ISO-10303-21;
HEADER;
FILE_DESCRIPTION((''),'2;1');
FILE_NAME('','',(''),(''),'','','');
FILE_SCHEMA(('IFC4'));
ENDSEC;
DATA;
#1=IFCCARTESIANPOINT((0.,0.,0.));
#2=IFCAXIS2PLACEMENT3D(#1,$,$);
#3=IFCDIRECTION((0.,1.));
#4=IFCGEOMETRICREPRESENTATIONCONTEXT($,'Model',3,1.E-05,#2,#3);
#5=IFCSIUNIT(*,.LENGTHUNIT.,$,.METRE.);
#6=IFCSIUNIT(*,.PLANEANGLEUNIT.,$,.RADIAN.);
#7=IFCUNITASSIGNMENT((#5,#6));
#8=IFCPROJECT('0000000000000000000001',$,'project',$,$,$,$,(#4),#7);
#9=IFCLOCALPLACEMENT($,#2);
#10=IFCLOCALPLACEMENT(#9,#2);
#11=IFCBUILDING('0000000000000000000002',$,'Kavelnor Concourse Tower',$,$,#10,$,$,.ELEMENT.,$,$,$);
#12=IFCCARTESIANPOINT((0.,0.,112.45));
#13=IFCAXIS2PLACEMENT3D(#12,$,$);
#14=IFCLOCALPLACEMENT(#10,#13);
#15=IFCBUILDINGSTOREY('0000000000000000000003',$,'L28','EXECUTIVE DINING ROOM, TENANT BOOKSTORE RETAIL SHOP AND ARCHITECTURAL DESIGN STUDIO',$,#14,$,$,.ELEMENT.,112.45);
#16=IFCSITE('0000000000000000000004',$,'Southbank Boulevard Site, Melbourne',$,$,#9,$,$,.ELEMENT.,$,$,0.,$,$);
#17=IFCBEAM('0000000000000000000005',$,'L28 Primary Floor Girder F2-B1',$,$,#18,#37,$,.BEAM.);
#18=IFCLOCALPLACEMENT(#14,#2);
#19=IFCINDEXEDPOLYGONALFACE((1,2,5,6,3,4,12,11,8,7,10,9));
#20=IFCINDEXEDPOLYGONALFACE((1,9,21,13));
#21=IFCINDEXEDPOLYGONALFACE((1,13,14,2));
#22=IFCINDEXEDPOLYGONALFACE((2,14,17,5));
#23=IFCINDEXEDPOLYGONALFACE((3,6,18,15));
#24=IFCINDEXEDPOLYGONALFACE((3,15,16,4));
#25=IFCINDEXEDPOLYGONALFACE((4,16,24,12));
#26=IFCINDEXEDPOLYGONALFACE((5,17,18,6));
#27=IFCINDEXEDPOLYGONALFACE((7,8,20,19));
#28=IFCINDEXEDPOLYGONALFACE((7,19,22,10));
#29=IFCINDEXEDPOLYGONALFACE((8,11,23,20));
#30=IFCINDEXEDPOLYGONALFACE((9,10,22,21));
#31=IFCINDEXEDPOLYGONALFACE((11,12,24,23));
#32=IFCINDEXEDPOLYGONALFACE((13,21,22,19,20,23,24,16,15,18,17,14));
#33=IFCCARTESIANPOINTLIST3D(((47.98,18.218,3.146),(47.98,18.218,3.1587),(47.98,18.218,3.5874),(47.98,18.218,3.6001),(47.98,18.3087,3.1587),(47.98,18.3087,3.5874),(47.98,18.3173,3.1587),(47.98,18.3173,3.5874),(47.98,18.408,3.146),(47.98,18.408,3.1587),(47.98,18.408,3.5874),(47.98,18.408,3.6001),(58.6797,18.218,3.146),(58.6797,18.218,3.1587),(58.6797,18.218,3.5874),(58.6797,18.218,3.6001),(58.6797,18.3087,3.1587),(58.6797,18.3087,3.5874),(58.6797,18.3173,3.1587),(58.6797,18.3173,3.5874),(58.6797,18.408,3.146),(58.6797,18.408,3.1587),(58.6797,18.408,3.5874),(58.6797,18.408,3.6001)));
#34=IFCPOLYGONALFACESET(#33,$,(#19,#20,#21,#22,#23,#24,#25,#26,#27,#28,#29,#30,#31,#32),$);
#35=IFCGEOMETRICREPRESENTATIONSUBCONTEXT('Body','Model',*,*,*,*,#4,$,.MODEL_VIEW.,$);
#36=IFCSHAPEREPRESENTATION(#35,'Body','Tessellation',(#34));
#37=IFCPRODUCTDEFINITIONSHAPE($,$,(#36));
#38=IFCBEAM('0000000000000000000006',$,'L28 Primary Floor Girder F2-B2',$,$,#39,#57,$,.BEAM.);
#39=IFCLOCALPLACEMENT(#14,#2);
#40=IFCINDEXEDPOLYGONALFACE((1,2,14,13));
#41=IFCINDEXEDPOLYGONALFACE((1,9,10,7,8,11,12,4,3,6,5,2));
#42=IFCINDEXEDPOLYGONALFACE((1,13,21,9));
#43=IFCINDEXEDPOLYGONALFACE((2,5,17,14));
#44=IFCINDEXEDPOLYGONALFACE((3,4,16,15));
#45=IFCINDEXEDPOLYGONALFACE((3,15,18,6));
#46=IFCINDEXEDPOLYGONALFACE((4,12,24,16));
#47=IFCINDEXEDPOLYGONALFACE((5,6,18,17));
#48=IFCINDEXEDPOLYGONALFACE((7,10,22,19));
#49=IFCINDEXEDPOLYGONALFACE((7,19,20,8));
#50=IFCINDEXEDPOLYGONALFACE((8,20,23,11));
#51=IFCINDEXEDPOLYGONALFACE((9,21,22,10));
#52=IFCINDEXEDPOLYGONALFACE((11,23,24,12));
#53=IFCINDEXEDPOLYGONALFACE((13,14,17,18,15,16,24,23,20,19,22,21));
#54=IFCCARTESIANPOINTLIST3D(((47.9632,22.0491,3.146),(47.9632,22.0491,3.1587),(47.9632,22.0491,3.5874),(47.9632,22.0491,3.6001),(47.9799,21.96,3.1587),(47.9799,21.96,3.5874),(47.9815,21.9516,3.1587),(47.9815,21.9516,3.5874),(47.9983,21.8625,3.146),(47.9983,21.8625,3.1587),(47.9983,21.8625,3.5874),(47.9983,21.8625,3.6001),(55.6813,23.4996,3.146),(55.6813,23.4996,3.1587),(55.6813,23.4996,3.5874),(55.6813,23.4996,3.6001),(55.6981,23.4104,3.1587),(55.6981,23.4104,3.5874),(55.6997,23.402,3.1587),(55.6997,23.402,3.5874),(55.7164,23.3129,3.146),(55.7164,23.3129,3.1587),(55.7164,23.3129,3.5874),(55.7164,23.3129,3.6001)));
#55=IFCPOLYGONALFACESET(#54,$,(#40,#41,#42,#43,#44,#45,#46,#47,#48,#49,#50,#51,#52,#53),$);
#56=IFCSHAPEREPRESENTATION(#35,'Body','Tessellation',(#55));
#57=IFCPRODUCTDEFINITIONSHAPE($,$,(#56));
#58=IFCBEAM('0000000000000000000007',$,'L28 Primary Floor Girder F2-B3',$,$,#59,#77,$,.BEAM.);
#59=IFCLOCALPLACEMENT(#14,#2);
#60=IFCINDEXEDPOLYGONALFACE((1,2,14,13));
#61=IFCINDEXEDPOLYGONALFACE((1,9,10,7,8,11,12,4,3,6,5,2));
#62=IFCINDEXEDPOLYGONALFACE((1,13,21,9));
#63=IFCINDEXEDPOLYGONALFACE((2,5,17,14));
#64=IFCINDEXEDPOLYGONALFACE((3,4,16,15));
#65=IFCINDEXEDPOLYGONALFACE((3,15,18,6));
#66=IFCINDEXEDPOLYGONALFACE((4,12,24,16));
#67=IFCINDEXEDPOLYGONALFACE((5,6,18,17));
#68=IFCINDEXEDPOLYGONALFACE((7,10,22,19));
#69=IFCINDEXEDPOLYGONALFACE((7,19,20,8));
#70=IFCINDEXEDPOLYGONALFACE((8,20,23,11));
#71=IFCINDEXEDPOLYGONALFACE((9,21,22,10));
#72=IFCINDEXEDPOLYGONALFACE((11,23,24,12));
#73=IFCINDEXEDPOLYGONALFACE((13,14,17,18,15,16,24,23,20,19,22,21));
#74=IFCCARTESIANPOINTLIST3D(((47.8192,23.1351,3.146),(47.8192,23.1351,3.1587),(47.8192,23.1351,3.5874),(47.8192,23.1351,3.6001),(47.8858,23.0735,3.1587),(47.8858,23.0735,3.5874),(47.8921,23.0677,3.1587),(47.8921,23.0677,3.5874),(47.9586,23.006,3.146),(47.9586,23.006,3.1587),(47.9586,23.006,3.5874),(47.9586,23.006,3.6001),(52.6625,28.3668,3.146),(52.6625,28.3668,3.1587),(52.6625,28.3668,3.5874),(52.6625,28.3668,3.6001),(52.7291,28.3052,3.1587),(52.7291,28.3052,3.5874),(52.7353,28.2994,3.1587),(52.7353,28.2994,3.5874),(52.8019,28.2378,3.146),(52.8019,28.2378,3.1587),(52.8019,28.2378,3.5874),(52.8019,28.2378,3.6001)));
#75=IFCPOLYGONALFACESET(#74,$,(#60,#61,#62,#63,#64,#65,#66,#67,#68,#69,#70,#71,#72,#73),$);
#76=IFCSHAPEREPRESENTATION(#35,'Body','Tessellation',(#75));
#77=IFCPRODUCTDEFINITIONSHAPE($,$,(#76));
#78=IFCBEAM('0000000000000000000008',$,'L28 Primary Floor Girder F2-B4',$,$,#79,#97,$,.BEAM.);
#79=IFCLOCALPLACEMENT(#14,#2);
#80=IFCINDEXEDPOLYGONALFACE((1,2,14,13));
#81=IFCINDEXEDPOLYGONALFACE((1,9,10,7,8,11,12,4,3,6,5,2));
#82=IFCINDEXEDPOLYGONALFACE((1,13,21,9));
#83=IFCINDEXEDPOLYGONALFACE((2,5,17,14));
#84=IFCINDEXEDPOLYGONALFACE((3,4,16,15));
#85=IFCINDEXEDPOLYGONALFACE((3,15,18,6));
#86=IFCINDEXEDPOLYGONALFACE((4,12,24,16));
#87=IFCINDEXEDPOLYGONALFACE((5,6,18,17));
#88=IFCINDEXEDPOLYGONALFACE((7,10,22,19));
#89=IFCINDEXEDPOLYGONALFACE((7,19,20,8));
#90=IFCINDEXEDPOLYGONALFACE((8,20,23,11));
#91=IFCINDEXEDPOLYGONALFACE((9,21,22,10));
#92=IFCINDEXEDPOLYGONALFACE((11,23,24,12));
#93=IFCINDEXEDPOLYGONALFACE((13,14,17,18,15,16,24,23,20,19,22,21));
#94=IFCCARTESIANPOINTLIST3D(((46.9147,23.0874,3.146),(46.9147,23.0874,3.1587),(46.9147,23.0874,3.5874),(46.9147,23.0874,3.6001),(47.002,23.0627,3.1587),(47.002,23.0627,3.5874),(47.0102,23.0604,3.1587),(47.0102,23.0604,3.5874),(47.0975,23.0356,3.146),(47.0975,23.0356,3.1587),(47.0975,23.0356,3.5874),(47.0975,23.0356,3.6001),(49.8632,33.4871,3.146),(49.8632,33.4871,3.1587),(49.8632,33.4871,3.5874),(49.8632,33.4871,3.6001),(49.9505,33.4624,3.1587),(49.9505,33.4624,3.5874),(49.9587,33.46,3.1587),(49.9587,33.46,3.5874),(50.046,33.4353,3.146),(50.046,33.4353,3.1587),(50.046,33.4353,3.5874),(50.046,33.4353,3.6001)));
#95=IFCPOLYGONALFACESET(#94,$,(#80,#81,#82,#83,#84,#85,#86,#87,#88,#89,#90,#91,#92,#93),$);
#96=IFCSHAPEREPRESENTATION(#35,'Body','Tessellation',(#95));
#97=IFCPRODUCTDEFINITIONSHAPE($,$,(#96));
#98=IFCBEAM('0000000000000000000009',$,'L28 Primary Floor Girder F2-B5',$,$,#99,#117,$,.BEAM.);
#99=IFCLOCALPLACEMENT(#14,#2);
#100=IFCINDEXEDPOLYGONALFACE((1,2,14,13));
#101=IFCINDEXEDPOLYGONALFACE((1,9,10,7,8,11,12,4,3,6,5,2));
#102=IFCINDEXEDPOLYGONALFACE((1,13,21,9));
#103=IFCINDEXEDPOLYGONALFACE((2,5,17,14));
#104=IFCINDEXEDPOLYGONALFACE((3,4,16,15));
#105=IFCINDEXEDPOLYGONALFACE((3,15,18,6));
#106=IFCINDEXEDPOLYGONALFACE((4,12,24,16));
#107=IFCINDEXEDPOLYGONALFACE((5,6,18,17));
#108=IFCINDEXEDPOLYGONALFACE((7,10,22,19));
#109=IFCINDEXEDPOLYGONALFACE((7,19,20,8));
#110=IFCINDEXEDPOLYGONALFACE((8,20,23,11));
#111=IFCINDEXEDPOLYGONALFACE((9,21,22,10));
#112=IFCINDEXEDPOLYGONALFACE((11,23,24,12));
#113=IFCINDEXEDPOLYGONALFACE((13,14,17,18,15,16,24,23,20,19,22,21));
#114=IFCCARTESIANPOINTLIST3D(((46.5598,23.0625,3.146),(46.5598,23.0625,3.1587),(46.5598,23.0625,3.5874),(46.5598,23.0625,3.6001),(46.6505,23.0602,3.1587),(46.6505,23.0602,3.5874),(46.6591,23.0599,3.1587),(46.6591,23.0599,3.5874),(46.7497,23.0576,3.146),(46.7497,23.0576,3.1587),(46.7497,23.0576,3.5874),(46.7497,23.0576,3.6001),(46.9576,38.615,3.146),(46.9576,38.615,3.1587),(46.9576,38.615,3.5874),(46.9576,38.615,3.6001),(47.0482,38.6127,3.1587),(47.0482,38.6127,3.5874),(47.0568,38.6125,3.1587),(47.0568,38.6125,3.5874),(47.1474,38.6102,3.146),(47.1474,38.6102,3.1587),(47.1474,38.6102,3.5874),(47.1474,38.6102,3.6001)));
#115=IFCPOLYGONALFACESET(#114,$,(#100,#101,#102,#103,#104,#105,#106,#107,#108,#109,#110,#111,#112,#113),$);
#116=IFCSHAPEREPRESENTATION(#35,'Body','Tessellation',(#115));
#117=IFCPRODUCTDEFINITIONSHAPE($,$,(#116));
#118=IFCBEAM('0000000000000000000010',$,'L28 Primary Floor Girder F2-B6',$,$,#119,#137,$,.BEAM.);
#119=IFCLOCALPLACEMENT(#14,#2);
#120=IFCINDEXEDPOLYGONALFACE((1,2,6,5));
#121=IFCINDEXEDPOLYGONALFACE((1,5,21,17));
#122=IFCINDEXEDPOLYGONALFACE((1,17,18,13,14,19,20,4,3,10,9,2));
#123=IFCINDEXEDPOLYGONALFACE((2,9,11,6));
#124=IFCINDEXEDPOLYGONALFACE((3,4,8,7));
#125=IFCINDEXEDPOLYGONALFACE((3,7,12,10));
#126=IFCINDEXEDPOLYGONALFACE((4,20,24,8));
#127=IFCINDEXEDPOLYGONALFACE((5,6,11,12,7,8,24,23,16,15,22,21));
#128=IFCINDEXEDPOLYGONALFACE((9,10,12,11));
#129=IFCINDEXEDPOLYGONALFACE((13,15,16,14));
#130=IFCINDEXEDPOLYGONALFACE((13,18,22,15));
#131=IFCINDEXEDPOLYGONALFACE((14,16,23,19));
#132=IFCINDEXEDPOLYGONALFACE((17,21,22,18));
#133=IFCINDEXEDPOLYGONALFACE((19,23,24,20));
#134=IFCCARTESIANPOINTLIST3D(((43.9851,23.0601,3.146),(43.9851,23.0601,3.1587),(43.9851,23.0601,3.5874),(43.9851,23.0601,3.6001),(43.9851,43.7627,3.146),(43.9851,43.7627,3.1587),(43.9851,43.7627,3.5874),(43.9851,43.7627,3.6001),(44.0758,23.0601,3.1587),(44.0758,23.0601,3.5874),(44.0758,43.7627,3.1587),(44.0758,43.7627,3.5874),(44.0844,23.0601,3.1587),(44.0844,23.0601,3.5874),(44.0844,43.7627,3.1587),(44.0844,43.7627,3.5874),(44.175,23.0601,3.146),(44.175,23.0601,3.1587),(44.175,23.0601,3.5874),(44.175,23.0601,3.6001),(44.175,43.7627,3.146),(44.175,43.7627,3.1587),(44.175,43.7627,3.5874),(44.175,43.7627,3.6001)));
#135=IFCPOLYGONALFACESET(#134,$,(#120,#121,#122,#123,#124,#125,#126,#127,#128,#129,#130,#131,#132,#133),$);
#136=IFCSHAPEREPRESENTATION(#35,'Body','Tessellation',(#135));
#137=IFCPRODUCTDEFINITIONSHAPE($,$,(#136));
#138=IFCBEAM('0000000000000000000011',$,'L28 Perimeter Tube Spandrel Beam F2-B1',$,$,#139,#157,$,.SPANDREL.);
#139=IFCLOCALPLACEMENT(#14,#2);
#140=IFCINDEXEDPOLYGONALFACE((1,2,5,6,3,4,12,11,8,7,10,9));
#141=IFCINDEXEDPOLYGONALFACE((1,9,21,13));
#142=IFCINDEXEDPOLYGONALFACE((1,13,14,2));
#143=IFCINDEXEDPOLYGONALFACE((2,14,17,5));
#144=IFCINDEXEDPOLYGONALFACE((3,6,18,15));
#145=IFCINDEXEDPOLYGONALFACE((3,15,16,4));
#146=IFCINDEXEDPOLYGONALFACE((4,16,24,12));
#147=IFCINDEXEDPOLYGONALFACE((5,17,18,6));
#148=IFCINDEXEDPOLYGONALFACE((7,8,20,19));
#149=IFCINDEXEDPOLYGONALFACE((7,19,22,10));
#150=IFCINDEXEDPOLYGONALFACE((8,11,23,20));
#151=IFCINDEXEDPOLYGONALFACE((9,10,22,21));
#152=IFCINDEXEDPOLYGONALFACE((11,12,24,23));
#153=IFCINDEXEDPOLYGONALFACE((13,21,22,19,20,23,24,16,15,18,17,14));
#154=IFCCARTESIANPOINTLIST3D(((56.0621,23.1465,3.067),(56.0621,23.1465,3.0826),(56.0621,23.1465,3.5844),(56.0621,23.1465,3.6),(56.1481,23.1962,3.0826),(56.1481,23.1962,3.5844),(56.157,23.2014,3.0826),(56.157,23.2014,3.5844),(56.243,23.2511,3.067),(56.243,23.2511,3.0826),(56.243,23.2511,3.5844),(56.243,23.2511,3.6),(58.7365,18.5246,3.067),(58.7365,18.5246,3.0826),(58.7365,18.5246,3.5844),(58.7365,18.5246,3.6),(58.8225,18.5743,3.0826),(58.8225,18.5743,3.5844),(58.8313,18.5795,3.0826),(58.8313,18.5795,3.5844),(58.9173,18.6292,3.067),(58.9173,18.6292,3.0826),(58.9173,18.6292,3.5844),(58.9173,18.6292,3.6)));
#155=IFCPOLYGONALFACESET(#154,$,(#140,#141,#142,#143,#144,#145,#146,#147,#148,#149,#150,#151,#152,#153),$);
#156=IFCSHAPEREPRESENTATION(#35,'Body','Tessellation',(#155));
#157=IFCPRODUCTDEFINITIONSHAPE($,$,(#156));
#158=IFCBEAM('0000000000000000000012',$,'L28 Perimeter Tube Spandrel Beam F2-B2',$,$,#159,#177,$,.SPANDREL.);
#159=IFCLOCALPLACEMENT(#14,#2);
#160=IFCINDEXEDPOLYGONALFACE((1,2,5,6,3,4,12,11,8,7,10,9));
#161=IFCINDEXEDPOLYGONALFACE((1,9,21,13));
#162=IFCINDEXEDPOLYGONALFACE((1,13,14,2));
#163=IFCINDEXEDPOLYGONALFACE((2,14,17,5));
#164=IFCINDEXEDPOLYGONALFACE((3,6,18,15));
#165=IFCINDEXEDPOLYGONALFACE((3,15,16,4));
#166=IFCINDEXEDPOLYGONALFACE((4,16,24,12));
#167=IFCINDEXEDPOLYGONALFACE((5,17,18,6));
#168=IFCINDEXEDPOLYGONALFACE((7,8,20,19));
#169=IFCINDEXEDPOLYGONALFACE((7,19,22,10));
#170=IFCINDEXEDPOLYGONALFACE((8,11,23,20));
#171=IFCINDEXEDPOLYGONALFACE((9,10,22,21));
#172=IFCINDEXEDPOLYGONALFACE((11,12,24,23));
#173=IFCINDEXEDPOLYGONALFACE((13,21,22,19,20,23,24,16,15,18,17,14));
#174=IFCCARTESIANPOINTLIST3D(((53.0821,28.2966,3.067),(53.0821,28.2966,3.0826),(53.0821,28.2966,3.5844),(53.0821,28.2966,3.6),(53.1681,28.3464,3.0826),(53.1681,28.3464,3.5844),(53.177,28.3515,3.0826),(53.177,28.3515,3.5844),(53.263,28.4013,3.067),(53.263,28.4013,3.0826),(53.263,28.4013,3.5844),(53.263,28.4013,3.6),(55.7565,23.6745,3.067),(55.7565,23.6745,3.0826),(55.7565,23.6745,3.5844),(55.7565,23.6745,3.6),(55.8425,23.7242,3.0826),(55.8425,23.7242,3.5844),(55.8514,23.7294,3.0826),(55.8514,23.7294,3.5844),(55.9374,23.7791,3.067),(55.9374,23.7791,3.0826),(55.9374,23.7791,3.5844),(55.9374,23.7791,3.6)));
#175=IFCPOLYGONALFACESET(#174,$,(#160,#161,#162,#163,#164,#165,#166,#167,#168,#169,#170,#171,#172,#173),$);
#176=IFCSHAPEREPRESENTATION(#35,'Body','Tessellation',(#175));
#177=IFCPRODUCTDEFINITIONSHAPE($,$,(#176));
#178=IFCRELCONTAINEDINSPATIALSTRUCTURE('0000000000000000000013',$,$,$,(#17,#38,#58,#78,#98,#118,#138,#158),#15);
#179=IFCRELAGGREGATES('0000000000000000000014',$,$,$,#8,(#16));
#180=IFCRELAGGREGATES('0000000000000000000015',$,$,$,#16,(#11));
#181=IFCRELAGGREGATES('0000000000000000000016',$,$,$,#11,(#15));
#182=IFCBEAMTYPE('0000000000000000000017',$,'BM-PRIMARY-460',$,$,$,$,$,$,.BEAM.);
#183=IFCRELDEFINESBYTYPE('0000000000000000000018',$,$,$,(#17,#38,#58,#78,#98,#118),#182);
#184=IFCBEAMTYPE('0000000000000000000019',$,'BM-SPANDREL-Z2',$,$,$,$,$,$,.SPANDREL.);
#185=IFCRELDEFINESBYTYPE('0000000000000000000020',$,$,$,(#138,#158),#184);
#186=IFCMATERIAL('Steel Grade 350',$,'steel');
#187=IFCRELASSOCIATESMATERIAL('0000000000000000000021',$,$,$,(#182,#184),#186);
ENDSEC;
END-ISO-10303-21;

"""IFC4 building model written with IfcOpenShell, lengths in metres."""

from ifc_helpers import new_model, si_unit, direction, frame, origin, origin_2d, place, context, subcontext, project, spatial, i_section, extrude, material, material_profile, profile_set, type_object, element, save


model = new_model("IFC4")

# Units and contexts
model_context = context("Model", 3, precision=1e-05, world=origin(), true_north=direction((0.0, 1.0)))
body_context = subcontext(model_context, "Body", "Model", "MODEL_VIEW")
ifc_project = project(units=[si_unit("LENGTHUNIT", "METRE"), si_unit("PLANEANGLEUNIT", "RADIAN")], contexts=[model_context])

# Site, building, storey
site_placement = place(None, origin())
site = spatial("IfcSite", under=ifc_project, at=site_placement, Name="Southbank Boulevard Site, Melbourne", CompositionType="ELEMENT", RefElevation=0.0)
building_placement = place(site_placement, origin())
building = spatial("IfcBuilding", under=site, at=building_placement, Name="Kavelnor Concourse Tower", CompositionType="ELEMENT")
storey_placement = place(building_placement, frame((0.0, 0.0, 112.45)))
storey = spatial("IfcBuildingStorey", under=building, at=storey_placement, Name="L28", Description="EXECUTIVE DINING ROOM, TENANT BOOKSTORE RETAIL SHOP AND ARCHITECTURAL DESIGN STUDIO", CompositionType="ELEMENT", Elevation=112.45)

# Shared definitions
ifc_material_1 = material(Name="Steel Grade 350", Category="steel")

# Beams
ifc_material_profile_1 = material_profile(ifc_material_1, i_section(OverallWidth=0.1899, OverallDepth=0.4541, WebThickness=0.0085, FlangeThickness=0.0127, at=origin_2d()), Name="460UB67")
ifc_profile_set_1 = profile_set([ifc_material_profile_1], Name="Steel Grade 350")
beam_type_1 = type_object("IfcBeamType", Name="BM-PRIMARY-460", PredefinedType="BEAM", material=ifc_profile_set_1)
beam_1_placement = place(storey_placement, frame((47.98, 18.313, 3.373), z_axis=(1.0, 0.0, 0.0), x_axis=(0.0, 1.0, 0.0)))
element("IfcBeam", 1, at=beam_1_placement, inside=storey, type_object=beam_type_1, Name="L28 Primary Floor Girder F2-B1", PredefinedType="BEAM", context=body_context, shape_type="SweptSolid", body=[
    extrude(i_section(OverallWidth=0.1899, OverallDepth=0.4541, WebThickness=0.0085, FlangeThickness=0.0127, at=origin_2d()), origin(), (0.0, 0.0, 1.0), 10.6997),
])
beam_2_placement = place(storey_placement, frame((47.9807, 21.9558, 3.373), z_axis=(0.982797, 0.18469, 0.0), x_axis=(-0.18469, 0.982797, 0.0)))
element("IfcBeam", 2, at=beam_2_placement, inside=storey, type_object=beam_type_1, Name="L28 Primary Floor Girder F2-B2", PredefinedType="BEAM", context=body_context, shape_type="SweptSolid", body=[
    extrude(i_section(OverallWidth=0.1899, OverallDepth=0.4541, WebThickness=0.0085, FlangeThickness=0.0127, at=origin_2d()), origin(), (0.0, 0.0, 1.0), 7.8533),
])
beam_3_placement = place(storey_placement, frame((47.8889, 23.0706, 3.373), z_axis=(0.67934, 0.733823, 0.0), x_axis=(-0.733823, 0.67934, 0.0)))
element("IfcBeam", 3, at=beam_3_placement, inside=storey, type_object=beam_type_1, Name="L28 Primary Floor Girder F2-B3", PredefinedType="BEAM", context=body_context, shape_type="SweptSolid", body=[
    extrude(i_section(OverallWidth=0.1899, OverallDepth=0.4541, WebThickness=0.0085, FlangeThickness=0.0127, at=origin_2d()), origin(), (0.0, 0.0, 1.0), 7.1294),
])
beam_4_placement = place(storey_placement, frame((47.0061, 23.0615, 3.373), z_axis=(0.272767, 0.96208, 0.0), x_axis=(-0.96208, 0.272767, 0.0)))
element("IfcBeam", 4, at=beam_4_placement, inside=storey, type_object=beam_type_1, Name="L28 Primary Floor Girder F2-B4", PredefinedType="BEAM", context=body_context, shape_type="SweptSolid", body=[
    extrude(i_section(OverallWidth=0.1899, OverallDepth=0.4541, WebThickness=0.0085, FlangeThickness=0.0127, at=origin_2d()), origin(), (0.0, 0.0, 1.0), 10.8096),
])
beam_5_placement = place(storey_placement, frame((46.6548, 23.0601, 3.373), z_axis=(0.025563, 0.999673, 0.0), x_axis=(-0.999673, 0.025563, 0.0)))
element("IfcBeam", 5, at=beam_5_placement, inside=storey, type_object=beam_type_1, Name="L28 Primary Floor Girder F2-B5", PredefinedType="BEAM", context=body_context, shape_type="SweptSolid", body=[
    extrude(i_section(OverallWidth=0.1899, OverallDepth=0.4541, WebThickness=0.0085, FlangeThickness=0.0127, at=origin_2d()), origin(), (0.0, 0.0, 1.0), 15.5576),
])
beam_6_placement = place(storey_placement, frame((44.0801, 23.0601, 3.373), z_axis=(0.0, 1.0, 0.0), x_axis=(-1.0, 0.0, 0.0)))
element("IfcBeam", 6, at=beam_6_placement, inside=storey, type_object=beam_type_1, Name="L28 Primary Floor Girder F2-B6", PredefinedType="BEAM", context=body_context, shape_type="SweptSolid", body=[
    extrude(i_section(OverallWidth=0.1899, OverallDepth=0.4541, WebThickness=0.0085, FlangeThickness=0.0127, at=origin_2d()), origin(), (0.0, 0.0, 1.0), 20.7026),
])
ifc_material_profile_2 = material_profile(ifc_material_1, i_section(OverallWidth=0.209, OverallDepth=0.533, WebThickness=0.0103, FlangeThickness=0.0156, at=origin_2d()), Name="530UB92")
ifc_profile_set_2 = profile_set([ifc_material_profile_2], Name="Steel Grade 350")
beam_type_2 = type_object("IfcBeamType", Name="BM-SPANDREL-Z2", PredefinedType="SPANDREL", material=ifc_profile_set_2)
beam_7_placement = place(storey_placement, frame((58.8269, 18.5769, 3.3335), z_axis=(-0.500829, 0.865546, 0.0), x_axis=(-0.865546, -0.500829, 0.0)))
element("IfcBeam", 7, at=beam_7_placement, inside=storey, type_object=beam_type_2, Name="L28 Perimeter Tube Spandrel Beam F2-B1", PredefinedType="SPANDREL", context=body_context, shape_type="SweptSolid", body=[
    extrude(i_section(OverallWidth=0.209, OverallDepth=0.533, WebThickness=0.0103, FlangeThickness=0.0156, at=origin_2d()), origin(), (0.0, 0.0, 1.0), 5.3398),
])
beam_8_placement = place(storey_placement, frame((55.8469, 23.7268, 3.3335), z_axis=(-0.500809, 0.865558, 0.0), x_axis=(-0.865558, -0.500809, 0.0)))
element("IfcBeam", 8, at=beam_8_placement, inside=storey, type_object=beam_type_2, Name="L28 Perimeter Tube Spandrel Beam F2-B2", PredefinedType="SPANDREL", context=body_context, shape_type="SweptSolid", body=[
    extrude(i_section(OverallWidth=0.209, OverallDepth=0.533, WebThickness=0.0103, FlangeThickness=0.0156, at=origin_2d()), origin(), (0.0, 0.0, 1.0), 5.3401),
])

save(model, "model.ifc")
